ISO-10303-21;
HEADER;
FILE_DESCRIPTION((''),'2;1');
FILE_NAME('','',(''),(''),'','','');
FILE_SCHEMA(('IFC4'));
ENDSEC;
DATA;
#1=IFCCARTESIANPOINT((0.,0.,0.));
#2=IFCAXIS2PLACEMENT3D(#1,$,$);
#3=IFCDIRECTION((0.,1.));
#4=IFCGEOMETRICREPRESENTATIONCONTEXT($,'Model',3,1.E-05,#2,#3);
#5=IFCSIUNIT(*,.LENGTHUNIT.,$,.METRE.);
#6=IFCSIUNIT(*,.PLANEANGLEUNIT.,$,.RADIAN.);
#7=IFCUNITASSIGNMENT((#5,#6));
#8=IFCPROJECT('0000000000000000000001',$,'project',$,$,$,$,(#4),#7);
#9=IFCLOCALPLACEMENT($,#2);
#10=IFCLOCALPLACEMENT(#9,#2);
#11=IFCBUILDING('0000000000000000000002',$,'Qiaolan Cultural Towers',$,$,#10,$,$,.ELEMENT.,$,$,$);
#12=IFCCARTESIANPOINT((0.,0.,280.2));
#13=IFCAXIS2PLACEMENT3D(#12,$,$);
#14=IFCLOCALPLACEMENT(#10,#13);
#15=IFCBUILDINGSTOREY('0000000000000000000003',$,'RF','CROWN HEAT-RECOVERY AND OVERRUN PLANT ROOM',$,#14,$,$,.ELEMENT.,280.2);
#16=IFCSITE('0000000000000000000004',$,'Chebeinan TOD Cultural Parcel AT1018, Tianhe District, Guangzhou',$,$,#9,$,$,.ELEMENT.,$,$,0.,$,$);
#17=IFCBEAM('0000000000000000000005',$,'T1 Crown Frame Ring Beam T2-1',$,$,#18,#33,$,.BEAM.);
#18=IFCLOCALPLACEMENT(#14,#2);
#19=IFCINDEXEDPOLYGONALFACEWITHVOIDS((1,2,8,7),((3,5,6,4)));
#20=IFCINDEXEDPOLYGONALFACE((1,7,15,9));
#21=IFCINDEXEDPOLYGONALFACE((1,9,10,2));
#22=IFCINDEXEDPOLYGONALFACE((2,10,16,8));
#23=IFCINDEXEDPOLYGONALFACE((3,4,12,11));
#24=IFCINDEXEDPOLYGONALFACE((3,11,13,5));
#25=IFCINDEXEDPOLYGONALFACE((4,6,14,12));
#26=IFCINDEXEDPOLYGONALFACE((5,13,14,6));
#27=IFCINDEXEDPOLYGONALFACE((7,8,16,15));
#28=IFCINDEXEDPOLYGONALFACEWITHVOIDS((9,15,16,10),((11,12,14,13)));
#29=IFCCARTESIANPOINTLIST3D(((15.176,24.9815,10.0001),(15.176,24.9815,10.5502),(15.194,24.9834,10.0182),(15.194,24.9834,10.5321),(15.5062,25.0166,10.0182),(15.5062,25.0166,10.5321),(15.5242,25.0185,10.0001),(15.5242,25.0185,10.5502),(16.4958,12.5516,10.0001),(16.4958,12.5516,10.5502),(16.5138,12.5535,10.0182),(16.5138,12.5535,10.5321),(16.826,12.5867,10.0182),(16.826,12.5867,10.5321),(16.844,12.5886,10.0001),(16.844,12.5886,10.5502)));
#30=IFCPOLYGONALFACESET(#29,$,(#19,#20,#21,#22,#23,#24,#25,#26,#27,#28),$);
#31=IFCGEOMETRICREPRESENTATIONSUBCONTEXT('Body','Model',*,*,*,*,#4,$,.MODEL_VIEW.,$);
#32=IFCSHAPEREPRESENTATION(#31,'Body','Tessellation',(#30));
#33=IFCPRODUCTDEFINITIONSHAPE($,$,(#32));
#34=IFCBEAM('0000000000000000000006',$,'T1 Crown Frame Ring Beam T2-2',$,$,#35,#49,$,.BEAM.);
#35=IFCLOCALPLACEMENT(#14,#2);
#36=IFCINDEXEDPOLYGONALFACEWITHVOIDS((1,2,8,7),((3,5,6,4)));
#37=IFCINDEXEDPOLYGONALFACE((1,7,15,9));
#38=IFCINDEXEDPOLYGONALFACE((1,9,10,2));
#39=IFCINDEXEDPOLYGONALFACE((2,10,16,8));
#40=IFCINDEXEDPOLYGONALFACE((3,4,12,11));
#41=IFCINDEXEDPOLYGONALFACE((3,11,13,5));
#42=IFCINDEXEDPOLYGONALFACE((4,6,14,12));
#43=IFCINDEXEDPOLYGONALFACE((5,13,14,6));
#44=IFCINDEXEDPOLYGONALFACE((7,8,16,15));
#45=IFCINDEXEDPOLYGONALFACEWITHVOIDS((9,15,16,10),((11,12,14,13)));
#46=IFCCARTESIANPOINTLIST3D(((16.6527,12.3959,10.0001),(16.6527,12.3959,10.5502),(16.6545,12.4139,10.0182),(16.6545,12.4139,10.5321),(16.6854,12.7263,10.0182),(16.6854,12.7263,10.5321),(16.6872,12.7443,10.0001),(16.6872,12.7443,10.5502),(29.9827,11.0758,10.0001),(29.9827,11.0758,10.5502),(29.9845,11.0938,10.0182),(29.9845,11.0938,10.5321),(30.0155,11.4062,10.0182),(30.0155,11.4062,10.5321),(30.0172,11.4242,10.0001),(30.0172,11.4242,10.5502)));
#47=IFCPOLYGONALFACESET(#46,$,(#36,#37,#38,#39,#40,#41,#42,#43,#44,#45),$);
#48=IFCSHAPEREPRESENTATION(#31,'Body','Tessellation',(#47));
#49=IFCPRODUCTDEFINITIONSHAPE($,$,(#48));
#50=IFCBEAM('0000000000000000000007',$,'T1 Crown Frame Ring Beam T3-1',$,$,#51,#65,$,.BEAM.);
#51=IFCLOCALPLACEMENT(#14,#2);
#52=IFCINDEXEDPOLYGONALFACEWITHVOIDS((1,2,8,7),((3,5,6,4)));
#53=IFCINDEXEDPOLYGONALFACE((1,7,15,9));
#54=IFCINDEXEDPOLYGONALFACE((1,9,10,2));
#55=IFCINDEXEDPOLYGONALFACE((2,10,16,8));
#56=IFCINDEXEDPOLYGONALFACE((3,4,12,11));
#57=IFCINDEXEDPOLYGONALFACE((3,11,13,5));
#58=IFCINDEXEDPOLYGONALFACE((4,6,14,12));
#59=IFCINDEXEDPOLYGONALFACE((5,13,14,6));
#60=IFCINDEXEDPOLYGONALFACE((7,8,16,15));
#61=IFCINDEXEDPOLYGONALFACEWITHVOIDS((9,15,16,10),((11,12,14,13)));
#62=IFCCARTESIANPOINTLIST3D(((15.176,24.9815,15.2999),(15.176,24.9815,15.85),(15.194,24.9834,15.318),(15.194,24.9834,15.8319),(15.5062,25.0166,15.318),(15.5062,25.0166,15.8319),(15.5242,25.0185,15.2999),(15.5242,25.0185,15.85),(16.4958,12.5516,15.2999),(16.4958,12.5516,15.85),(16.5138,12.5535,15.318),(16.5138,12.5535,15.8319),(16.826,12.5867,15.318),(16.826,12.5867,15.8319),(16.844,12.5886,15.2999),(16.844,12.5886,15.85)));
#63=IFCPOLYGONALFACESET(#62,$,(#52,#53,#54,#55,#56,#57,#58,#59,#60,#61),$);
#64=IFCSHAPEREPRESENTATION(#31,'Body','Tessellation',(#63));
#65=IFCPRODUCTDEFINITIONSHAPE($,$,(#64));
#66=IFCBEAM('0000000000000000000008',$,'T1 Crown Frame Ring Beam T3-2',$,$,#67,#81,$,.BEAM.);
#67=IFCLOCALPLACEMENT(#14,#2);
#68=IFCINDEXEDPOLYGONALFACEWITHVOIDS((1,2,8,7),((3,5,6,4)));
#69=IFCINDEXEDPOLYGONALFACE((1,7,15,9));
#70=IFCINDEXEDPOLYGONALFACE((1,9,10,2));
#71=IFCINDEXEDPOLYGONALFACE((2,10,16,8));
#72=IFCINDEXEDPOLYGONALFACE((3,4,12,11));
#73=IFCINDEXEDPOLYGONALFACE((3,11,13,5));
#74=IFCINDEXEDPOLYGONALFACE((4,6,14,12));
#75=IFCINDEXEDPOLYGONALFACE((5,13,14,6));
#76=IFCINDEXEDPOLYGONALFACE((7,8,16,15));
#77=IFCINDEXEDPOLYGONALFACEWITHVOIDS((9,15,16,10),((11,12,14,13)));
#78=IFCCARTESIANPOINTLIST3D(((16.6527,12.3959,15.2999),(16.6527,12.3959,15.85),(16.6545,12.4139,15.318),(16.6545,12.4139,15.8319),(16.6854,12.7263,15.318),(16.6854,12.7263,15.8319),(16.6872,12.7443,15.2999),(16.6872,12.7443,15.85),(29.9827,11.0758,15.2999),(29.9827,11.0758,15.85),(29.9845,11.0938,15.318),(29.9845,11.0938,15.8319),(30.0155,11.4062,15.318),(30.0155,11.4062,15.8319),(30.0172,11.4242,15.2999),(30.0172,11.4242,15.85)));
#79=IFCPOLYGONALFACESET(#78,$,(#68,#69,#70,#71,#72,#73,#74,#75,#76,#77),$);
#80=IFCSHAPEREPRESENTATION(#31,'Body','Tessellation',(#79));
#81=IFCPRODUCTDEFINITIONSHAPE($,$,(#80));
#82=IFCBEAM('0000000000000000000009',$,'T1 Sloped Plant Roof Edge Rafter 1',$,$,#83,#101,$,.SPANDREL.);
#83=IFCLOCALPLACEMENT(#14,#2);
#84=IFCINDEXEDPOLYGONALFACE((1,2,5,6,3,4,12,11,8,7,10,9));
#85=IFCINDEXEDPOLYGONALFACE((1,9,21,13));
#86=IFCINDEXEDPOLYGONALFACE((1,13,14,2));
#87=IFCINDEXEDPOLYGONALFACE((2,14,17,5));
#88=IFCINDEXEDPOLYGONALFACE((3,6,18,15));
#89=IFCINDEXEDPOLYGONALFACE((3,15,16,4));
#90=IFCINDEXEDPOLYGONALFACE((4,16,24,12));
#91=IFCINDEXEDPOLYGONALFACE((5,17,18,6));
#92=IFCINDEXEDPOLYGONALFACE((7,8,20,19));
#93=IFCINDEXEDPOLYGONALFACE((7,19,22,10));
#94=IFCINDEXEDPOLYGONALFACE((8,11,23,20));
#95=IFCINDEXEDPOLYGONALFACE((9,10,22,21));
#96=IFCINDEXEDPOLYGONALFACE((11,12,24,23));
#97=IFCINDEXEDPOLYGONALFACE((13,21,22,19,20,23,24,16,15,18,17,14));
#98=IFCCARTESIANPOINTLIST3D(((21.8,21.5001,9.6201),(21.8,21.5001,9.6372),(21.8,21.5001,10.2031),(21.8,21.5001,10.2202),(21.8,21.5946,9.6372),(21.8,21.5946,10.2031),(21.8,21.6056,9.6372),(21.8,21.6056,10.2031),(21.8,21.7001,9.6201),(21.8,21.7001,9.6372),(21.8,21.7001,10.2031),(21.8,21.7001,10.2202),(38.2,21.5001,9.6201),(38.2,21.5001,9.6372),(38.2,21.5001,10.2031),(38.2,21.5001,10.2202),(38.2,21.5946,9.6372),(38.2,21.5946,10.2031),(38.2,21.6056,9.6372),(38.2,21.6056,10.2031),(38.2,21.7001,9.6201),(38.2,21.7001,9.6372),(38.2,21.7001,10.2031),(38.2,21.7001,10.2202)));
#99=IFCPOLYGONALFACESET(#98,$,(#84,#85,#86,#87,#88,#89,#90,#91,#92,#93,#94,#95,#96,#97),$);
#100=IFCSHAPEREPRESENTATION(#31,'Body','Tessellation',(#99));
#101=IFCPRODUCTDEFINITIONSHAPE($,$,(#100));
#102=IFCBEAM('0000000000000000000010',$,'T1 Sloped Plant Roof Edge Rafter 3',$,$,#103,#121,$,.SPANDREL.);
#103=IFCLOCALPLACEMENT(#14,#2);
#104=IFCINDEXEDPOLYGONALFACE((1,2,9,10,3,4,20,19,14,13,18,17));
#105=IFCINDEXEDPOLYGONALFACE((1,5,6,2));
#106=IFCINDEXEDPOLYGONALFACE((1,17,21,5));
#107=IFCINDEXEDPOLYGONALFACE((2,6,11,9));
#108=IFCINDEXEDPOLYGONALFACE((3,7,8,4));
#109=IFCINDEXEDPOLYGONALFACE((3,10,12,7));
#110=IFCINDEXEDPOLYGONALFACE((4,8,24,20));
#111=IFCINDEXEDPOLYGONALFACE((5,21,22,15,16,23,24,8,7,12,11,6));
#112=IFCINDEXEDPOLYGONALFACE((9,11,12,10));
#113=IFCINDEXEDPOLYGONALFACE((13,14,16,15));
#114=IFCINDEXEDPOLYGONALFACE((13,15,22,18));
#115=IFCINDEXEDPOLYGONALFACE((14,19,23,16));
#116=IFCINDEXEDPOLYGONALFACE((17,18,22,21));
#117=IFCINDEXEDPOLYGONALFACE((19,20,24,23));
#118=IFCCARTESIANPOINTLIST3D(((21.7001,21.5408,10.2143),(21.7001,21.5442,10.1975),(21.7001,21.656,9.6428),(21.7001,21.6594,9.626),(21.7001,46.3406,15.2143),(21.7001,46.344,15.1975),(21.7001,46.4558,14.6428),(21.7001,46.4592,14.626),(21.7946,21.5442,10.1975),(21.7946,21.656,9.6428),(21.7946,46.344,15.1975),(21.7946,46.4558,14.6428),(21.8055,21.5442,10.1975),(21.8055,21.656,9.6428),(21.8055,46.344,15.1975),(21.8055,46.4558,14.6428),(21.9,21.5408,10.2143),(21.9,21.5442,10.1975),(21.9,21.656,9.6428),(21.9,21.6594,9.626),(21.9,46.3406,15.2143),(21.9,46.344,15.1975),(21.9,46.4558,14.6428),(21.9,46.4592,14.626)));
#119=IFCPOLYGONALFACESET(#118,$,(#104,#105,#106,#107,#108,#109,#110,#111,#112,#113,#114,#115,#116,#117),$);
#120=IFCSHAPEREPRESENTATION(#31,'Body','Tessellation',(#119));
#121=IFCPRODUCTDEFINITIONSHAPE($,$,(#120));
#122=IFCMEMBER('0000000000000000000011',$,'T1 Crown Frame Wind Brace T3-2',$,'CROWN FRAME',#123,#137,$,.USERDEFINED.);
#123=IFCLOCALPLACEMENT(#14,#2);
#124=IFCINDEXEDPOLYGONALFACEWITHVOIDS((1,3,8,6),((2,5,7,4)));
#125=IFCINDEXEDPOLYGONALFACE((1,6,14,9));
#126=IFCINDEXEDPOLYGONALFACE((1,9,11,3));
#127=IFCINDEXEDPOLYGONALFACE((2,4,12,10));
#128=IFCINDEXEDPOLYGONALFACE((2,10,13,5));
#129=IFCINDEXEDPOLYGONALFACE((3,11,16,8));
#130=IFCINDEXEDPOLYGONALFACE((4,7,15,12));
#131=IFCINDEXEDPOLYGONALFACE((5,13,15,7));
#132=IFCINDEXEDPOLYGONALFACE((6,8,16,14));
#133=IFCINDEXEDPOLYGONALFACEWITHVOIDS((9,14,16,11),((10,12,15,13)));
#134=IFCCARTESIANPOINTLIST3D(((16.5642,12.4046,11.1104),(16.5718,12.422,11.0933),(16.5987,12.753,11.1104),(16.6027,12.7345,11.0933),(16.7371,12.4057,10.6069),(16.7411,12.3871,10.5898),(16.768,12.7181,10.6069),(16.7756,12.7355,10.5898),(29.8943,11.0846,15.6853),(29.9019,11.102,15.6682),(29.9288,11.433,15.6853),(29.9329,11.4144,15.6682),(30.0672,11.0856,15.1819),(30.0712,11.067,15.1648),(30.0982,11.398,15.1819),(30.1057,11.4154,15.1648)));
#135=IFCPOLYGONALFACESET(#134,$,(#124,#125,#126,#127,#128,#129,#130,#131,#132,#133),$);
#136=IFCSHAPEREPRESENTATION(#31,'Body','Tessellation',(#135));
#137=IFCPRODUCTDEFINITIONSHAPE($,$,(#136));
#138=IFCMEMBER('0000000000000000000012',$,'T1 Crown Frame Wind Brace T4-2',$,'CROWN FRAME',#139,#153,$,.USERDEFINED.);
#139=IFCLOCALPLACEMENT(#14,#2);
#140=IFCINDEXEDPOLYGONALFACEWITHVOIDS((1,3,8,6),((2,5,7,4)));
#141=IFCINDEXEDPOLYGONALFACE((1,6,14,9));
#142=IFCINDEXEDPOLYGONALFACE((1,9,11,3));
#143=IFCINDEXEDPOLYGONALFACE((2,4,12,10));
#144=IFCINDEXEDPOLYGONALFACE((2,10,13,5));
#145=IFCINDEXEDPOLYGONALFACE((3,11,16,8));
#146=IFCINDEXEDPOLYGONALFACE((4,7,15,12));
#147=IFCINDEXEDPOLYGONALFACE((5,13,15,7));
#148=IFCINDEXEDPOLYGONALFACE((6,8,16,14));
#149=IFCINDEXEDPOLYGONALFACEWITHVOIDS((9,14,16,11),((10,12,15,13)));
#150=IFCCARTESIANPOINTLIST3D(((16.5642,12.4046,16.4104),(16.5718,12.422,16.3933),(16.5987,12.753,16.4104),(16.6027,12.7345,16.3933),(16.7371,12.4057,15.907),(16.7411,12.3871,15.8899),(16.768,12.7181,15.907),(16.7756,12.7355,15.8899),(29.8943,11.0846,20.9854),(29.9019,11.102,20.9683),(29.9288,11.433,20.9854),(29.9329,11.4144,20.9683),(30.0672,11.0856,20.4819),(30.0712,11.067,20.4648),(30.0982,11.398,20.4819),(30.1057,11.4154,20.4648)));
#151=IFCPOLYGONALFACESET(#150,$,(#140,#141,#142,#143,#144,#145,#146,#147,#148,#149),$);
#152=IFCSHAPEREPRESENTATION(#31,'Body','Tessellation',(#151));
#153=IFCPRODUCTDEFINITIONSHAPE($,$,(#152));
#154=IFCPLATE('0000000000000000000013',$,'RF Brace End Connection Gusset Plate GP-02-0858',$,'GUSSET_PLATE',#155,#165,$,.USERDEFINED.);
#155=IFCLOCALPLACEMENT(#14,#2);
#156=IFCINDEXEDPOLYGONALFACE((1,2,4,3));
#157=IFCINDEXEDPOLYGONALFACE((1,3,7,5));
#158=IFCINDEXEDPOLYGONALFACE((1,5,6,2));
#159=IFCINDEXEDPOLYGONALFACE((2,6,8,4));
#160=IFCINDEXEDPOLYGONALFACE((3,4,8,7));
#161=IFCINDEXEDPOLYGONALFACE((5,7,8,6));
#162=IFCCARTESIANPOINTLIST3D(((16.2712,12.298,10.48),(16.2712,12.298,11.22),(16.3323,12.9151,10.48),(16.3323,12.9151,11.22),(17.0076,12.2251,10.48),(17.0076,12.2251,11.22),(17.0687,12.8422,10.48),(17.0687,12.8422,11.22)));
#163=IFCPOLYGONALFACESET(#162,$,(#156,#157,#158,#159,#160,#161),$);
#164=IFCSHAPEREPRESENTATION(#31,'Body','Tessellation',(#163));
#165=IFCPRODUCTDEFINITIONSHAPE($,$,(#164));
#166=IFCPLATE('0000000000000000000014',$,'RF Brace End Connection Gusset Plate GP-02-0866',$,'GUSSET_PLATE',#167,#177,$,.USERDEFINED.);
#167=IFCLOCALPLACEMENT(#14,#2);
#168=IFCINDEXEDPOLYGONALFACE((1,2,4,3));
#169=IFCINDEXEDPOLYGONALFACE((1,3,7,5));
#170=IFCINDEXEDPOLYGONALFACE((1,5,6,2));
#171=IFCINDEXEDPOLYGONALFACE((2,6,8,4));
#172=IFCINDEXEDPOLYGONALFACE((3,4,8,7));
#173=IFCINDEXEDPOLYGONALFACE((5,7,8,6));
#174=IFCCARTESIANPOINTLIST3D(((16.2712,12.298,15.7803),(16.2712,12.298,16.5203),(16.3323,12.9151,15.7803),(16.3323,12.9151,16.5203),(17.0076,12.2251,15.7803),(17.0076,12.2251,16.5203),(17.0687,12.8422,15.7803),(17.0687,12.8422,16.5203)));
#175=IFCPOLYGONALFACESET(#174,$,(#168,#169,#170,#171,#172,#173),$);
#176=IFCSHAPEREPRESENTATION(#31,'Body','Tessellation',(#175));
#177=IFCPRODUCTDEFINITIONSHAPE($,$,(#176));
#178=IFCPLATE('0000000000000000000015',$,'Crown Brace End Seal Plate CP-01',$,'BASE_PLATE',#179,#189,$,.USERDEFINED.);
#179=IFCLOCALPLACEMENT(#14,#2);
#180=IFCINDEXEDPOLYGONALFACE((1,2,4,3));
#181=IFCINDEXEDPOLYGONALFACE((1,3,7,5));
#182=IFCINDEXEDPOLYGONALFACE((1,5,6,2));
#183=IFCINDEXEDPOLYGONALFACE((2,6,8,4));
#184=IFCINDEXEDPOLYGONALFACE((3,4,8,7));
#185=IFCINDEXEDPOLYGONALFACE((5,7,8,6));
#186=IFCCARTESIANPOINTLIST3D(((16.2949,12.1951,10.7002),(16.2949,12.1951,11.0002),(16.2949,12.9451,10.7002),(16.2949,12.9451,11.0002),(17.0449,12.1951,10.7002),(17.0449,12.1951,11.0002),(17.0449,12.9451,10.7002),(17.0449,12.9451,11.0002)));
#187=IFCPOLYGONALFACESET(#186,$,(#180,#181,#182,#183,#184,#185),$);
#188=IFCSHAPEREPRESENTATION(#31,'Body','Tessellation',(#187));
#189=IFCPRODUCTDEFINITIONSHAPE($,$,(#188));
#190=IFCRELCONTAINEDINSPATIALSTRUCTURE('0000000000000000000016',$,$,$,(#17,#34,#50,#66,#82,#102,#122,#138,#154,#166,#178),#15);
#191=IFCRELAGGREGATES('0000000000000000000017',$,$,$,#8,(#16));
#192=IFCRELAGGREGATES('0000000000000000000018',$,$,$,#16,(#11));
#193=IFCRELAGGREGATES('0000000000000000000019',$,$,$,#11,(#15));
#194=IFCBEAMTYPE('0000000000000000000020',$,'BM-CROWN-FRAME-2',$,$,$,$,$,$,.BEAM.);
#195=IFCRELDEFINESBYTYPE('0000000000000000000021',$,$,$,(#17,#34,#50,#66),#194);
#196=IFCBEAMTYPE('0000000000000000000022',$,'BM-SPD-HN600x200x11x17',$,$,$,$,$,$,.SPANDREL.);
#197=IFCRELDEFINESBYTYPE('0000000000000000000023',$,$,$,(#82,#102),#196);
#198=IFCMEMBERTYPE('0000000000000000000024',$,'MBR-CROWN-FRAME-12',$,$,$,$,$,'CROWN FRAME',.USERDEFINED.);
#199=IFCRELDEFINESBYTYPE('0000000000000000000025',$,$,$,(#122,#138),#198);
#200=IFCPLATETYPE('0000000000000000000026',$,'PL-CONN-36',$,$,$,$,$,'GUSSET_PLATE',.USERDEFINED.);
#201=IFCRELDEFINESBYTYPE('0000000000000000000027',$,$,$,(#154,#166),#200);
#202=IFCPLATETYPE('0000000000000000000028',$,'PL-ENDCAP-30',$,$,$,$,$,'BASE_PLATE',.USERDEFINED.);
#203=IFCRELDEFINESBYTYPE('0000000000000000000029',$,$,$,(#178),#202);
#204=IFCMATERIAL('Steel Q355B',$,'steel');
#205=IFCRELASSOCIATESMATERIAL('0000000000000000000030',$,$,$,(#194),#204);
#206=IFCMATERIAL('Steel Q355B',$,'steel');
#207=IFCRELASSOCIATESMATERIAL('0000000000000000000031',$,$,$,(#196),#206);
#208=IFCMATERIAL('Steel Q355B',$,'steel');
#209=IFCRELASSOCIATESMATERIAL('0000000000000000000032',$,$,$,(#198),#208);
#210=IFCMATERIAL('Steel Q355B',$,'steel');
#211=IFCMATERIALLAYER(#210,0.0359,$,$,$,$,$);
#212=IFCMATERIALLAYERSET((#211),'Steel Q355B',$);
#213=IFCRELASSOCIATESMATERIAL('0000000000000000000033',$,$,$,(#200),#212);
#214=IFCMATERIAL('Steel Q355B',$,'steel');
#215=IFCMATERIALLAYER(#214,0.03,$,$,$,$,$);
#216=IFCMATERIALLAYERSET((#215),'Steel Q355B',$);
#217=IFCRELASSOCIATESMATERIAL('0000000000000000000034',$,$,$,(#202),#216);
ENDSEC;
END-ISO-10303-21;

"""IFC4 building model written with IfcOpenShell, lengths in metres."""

from ifc_helpers import new_model, si_unit, direction, frame, origin, origin_2d, place, context, subcontext, project, spatial, rectangle, hollow_rectangle, i_section, extrude, material, layer, layer_set, material_profile, profile_set, type_object, element, save


model = new_model("IFC4")

# Units and contexts
model_context = context("Model", 3, precision=1e-05, world=origin(), true_north=direction((0.0, 1.0)))
body_context = subcontext(model_context, "Body", "Model", "MODEL_VIEW")
ifc_project = project(units=[si_unit("LENGTHUNIT", "METRE"), si_unit("PLANEANGLEUNIT", "RADIAN")], contexts=[model_context])

# Site, building, storey
site_placement = place(None, origin())
site = spatial("IfcSite", under=ifc_project, at=site_placement, Name="Chebeinan TOD Cultural Parcel AT1018, Tianhe District, Guangzhou", CompositionType="ELEMENT", RefElevation=0.0)
building_placement = place(site_placement, origin())
building = spatial("IfcBuilding", under=site, at=building_placement, Name="Qiaolan Cultural Towers", CompositionType="ELEMENT")
storey_placement = place(building_placement, frame((0.0, 0.0, 280.2)))
storey = spatial("IfcBuildingStorey", under=building, at=storey_placement, Name="RF", Description="CROWN HEAT-RECOVERY AND OVERRUN PLANT ROOM", CompositionType="ELEMENT", Elevation=280.2)

# Beams
ifc_material_1 = material(Name="Steel Q355B", Category="steel")
ifc_material_profile_1 = material_profile(ifc_material_1, hollow_rectangle(XDim=0.3501, YDim=0.55, WallThickness=0.0181, at=origin_2d()), Name="BOX550x350x18")
ifc_profile_set_1 = profile_set([ifc_material_profile_1], Name="Steel Q355B")
beam_type_1 = type_object("IfcBeamType", Name="BM-CROWN-FRAME-2", PredefinedType="BEAM", material=ifc_profile_set_1)
beam_1_placement = place(storey_placement, frame((15.3501, 25.0, 10.2751), z_axis=(0.105588, -0.99441, 0.0), x_axis=(0.99441, 0.105588, 0.0)))
element("IfcBeam", 1, at=beam_1_placement, inside=storey, type_object=beam_type_1, Name="T1 Crown Frame Ring Beam T2-1", PredefinedType="BEAM", context=body_context, shape_type="SweptSolid", body=[
    extrude(hollow_rectangle(XDim=0.3501, YDim=0.55, WallThickness=0.0181, at=origin_2d()), origin(), (0.0, 0.0, 1.0), 12.4998),
])
beam_2_placement = place(storey_placement, frame((16.6699, 12.5701, 10.2751), z_axis=(0.995132, -0.098547, 0.0), x_axis=(0.098547, 0.995132, 0.0)))
element("IfcBeam", 2, at=beam_2_placement, inside=storey, type_object=beam_type_1, Name="T1 Crown Frame Ring Beam T2-2", PredefinedType="BEAM", context=body_context, shape_type="SweptSolid", body=[
    extrude(hollow_rectangle(XDim=0.3501, YDim=0.55, WallThickness=0.0181, at=origin_2d()), origin(), (0.0, 0.0, 1.0), 13.3953),
])
beam_3_placement = place(storey_placement, frame((15.3501, 25.0, 15.575), z_axis=(0.105588, -0.99441, 0.0), x_axis=(0.99441, 0.105588, 0.0)))
element("IfcBeam", 3, at=beam_3_placement, inside=storey, type_object=beam_type_1, Name="T1 Crown Frame Ring Beam T3-1", PredefinedType="BEAM", context=body_context, shape_type="SweptSolid", body=[
    extrude(hollow_rectangle(XDim=0.3501, YDim=0.55, WallThickness=0.0181, at=origin_2d()), origin(), (0.0, 0.0, 1.0), 12.4998),
])
beam_4_placement = place(storey_placement, frame((16.6699, 12.5701, 15.575), z_axis=(0.995132, -0.098547, 0.0), x_axis=(0.098547, 0.995132, 0.0)))
element("IfcBeam", 4, at=beam_4_placement, inside=storey, type_object=beam_type_1, Name="T1 Crown Frame Ring Beam T3-2", PredefinedType="BEAM", context=body_context, shape_type="SweptSolid", body=[
    extrude(hollow_rectangle(XDim=0.3501, YDim=0.55, WallThickness=0.0181, at=origin_2d()), origin(), (0.0, 0.0, 1.0), 13.3953),
])
ifc_material_2 = material(Name="Steel Q355B", Category="steel")
ifc_material_profile_2 = material_profile(ifc_material_2, i_section(OverallWidth=0.2, OverallDepth=0.6001, WebThickness=0.011, FlangeThickness=0.0171, at=origin_2d()), Name="HN600x200x11x17")
ifc_profile_set_2 = profile_set([ifc_material_profile_2], Name="Steel Q355B")
beam_type_2 = type_object("IfcBeamType", Name="BM-SPD-HN600x200x11x17", PredefinedType="SPANDREL", material=ifc_profile_set_2)
beam_5_placement = place(storey_placement, frame((21.8, 21.6001, 9.9202), z_axis=(1.0, 0.0, 0.0), x_axis=(0.0, 1.0, 0.0)))
element("IfcBeam", 5, at=beam_5_placement, inside=storey, type_object=beam_type_2, Name="T1 Sloped Plant Roof Edge Rafter 1", PredefinedType="SPANDREL", context=body_context, shape_type="SweptSolid", body=[
    extrude(i_section(OverallWidth=0.2, OverallDepth=0.6001, WebThickness=0.011, FlangeThickness=0.0171, at=origin_2d()), origin(), (0.0, 0.0, 1.0), 16.3999),
])
beam_6_placement = place(storey_placement, frame((21.8, 21.6001, 9.9202), z_axis=(0.0, 0.980275, 0.197638), x_axis=(-1.0, 0.0, 0.0)))
element("IfcBeam", 6, at=beam_6_placement, inside=storey, type_object=beam_type_2, Name="T1 Sloped Plant Roof Edge Rafter 3", PredefinedType="SPANDREL", context=body_context, shape_type="SweptSolid", body=[
    extrude(i_section(OverallWidth=0.2, OverallDepth=0.6001, WebThickness=0.011, FlangeThickness=0.0171, at=origin_2d()), origin(), (0.0, 0.0, 1.0), 25.2988),
])

# Members
ifc_material_3 = material(Name="Steel Q355B", Category="steel")
ifc_material_profile_3 = material_profile(ifc_material_3, hollow_rectangle(XDim=0.3501, YDim=0.55, WallThickness=0.0181, at=origin_2d()), Name="BOX550x350x18")
ifc_profile_set_3 = profile_set([ifc_material_profile_3], Name="Steel Q355B")
member_type = type_object("IfcMemberType", Name="MBR-CROWN-FRAME-12", ElementType="CROWN FRAME", PredefinedType="USERDEFINED", material=ifc_profile_set_3)
for number, where, z_axis, x_axis, name in (
    (7, (16.6699, 12.5701, 10.8501), (0.941723, -0.093258, 0.323204), (0.098547, 0.995132, 0.0), "T1 Crown Frame Wind Brace T3-2"),
    (8, (16.6699, 12.5701, 16.1501), (0.941723, -0.093258, 0.323204), (0.098547, 0.995132, 0.0), "T1 Crown Frame Wind Brace T4-2"),
):
    element("IfcMember", number, at=place(storey_placement, frame(where, z_axis=z_axis, x_axis=x_axis)), inside=storey, type_object=member_type, Name=name, ObjectType="CROWN FRAME", PredefinedType="USERDEFINED", context=body_context, shape_type="SweptSolid", body=[
        extrude(hollow_rectangle(XDim=0.3501, YDim=0.55, WallThickness=0.0181, at=origin_2d()), origin(), (0.0, 0.0, 1.0), 14.155),
    ])

# Plates
ifc_material_4 = material(Name="Steel Q355B", Category="steel")
ifc_layer_1 = layer(ifc_material_4, 0.0359)
ifc_layer_set_1 = layer_set([ifc_layer_1], Name="Steel Q355B")
plate_type_1 = type_object("IfcPlateType", Name="PL-CONN-36", ElementType="GUSSET_PLATE", PredefinedType="USERDEFINED", material=ifc_layer_set_1)
for number, where, z_axis, x_axis, name in (
    (9, (16.6699, 12.5701, 10.48), (0.0, 0.0, 1.0), (-0.995133, 0.098543, 0.0), "RF Brace End Connection Gusset Plate GP-02-0858"),
    (10, (16.6699, 12.5701, 15.7803), (0.0, 0.0, 1.0), (-0.995133, 0.098543, 0.0), "RF Brace End Connection Gusset Plate GP-02-0866"),
):
    element("IfcPlate", number, at=place(storey_placement, frame(where, z_axis=z_axis, x_axis=x_axis)), inside=storey, type_object=plate_type_1, Name=name, ObjectType="GUSSET_PLATE", PredefinedType="USERDEFINED", context=body_context, shape_type="SweptSolid", body=[
        extrude(rectangle(XDim=0.74, YDim=0.6201, at=origin_2d()), origin(), (0.0, 0.0, 1.0), 0.74),
    ])
ifc_material_5 = material(Name="Steel Q355B", Category="steel")
ifc_layer_2 = layer(ifc_material_5, 0.03)
ifc_layer_set_2 = layer_set([ifc_layer_2], Name="Steel Q355B")
plate_type_2 = type_object("IfcPlateType", Name="PL-ENDCAP-30", ElementType="BASE_PLATE", PredefinedType="USERDEFINED", material=ifc_layer_set_2)
for number, where, z_axis, x_axis, name in (
    (11, (16.6699, 12.5701, 10.7002), (0.0, 0.0, 1.0), (1.0, 0.0, 0.0), "Crown Brace End Seal Plate CP-01"),
):
    element("IfcPlate", number, at=place(storey_placement, frame(where, z_axis=z_axis, x_axis=x_axis)), inside=storey, type_object=plate_type_2, Name=name, ObjectType="BASE_PLATE", PredefinedType="USERDEFINED", context=body_context, shape_type="SweptSolid", body=[
        extrude(rectangle(XDim=0.75, YDim=0.75, at=origin_2d()), origin(), (0.0, 0.0, 1.0), 0.3),
    ])

save(model, "model.ifc")
